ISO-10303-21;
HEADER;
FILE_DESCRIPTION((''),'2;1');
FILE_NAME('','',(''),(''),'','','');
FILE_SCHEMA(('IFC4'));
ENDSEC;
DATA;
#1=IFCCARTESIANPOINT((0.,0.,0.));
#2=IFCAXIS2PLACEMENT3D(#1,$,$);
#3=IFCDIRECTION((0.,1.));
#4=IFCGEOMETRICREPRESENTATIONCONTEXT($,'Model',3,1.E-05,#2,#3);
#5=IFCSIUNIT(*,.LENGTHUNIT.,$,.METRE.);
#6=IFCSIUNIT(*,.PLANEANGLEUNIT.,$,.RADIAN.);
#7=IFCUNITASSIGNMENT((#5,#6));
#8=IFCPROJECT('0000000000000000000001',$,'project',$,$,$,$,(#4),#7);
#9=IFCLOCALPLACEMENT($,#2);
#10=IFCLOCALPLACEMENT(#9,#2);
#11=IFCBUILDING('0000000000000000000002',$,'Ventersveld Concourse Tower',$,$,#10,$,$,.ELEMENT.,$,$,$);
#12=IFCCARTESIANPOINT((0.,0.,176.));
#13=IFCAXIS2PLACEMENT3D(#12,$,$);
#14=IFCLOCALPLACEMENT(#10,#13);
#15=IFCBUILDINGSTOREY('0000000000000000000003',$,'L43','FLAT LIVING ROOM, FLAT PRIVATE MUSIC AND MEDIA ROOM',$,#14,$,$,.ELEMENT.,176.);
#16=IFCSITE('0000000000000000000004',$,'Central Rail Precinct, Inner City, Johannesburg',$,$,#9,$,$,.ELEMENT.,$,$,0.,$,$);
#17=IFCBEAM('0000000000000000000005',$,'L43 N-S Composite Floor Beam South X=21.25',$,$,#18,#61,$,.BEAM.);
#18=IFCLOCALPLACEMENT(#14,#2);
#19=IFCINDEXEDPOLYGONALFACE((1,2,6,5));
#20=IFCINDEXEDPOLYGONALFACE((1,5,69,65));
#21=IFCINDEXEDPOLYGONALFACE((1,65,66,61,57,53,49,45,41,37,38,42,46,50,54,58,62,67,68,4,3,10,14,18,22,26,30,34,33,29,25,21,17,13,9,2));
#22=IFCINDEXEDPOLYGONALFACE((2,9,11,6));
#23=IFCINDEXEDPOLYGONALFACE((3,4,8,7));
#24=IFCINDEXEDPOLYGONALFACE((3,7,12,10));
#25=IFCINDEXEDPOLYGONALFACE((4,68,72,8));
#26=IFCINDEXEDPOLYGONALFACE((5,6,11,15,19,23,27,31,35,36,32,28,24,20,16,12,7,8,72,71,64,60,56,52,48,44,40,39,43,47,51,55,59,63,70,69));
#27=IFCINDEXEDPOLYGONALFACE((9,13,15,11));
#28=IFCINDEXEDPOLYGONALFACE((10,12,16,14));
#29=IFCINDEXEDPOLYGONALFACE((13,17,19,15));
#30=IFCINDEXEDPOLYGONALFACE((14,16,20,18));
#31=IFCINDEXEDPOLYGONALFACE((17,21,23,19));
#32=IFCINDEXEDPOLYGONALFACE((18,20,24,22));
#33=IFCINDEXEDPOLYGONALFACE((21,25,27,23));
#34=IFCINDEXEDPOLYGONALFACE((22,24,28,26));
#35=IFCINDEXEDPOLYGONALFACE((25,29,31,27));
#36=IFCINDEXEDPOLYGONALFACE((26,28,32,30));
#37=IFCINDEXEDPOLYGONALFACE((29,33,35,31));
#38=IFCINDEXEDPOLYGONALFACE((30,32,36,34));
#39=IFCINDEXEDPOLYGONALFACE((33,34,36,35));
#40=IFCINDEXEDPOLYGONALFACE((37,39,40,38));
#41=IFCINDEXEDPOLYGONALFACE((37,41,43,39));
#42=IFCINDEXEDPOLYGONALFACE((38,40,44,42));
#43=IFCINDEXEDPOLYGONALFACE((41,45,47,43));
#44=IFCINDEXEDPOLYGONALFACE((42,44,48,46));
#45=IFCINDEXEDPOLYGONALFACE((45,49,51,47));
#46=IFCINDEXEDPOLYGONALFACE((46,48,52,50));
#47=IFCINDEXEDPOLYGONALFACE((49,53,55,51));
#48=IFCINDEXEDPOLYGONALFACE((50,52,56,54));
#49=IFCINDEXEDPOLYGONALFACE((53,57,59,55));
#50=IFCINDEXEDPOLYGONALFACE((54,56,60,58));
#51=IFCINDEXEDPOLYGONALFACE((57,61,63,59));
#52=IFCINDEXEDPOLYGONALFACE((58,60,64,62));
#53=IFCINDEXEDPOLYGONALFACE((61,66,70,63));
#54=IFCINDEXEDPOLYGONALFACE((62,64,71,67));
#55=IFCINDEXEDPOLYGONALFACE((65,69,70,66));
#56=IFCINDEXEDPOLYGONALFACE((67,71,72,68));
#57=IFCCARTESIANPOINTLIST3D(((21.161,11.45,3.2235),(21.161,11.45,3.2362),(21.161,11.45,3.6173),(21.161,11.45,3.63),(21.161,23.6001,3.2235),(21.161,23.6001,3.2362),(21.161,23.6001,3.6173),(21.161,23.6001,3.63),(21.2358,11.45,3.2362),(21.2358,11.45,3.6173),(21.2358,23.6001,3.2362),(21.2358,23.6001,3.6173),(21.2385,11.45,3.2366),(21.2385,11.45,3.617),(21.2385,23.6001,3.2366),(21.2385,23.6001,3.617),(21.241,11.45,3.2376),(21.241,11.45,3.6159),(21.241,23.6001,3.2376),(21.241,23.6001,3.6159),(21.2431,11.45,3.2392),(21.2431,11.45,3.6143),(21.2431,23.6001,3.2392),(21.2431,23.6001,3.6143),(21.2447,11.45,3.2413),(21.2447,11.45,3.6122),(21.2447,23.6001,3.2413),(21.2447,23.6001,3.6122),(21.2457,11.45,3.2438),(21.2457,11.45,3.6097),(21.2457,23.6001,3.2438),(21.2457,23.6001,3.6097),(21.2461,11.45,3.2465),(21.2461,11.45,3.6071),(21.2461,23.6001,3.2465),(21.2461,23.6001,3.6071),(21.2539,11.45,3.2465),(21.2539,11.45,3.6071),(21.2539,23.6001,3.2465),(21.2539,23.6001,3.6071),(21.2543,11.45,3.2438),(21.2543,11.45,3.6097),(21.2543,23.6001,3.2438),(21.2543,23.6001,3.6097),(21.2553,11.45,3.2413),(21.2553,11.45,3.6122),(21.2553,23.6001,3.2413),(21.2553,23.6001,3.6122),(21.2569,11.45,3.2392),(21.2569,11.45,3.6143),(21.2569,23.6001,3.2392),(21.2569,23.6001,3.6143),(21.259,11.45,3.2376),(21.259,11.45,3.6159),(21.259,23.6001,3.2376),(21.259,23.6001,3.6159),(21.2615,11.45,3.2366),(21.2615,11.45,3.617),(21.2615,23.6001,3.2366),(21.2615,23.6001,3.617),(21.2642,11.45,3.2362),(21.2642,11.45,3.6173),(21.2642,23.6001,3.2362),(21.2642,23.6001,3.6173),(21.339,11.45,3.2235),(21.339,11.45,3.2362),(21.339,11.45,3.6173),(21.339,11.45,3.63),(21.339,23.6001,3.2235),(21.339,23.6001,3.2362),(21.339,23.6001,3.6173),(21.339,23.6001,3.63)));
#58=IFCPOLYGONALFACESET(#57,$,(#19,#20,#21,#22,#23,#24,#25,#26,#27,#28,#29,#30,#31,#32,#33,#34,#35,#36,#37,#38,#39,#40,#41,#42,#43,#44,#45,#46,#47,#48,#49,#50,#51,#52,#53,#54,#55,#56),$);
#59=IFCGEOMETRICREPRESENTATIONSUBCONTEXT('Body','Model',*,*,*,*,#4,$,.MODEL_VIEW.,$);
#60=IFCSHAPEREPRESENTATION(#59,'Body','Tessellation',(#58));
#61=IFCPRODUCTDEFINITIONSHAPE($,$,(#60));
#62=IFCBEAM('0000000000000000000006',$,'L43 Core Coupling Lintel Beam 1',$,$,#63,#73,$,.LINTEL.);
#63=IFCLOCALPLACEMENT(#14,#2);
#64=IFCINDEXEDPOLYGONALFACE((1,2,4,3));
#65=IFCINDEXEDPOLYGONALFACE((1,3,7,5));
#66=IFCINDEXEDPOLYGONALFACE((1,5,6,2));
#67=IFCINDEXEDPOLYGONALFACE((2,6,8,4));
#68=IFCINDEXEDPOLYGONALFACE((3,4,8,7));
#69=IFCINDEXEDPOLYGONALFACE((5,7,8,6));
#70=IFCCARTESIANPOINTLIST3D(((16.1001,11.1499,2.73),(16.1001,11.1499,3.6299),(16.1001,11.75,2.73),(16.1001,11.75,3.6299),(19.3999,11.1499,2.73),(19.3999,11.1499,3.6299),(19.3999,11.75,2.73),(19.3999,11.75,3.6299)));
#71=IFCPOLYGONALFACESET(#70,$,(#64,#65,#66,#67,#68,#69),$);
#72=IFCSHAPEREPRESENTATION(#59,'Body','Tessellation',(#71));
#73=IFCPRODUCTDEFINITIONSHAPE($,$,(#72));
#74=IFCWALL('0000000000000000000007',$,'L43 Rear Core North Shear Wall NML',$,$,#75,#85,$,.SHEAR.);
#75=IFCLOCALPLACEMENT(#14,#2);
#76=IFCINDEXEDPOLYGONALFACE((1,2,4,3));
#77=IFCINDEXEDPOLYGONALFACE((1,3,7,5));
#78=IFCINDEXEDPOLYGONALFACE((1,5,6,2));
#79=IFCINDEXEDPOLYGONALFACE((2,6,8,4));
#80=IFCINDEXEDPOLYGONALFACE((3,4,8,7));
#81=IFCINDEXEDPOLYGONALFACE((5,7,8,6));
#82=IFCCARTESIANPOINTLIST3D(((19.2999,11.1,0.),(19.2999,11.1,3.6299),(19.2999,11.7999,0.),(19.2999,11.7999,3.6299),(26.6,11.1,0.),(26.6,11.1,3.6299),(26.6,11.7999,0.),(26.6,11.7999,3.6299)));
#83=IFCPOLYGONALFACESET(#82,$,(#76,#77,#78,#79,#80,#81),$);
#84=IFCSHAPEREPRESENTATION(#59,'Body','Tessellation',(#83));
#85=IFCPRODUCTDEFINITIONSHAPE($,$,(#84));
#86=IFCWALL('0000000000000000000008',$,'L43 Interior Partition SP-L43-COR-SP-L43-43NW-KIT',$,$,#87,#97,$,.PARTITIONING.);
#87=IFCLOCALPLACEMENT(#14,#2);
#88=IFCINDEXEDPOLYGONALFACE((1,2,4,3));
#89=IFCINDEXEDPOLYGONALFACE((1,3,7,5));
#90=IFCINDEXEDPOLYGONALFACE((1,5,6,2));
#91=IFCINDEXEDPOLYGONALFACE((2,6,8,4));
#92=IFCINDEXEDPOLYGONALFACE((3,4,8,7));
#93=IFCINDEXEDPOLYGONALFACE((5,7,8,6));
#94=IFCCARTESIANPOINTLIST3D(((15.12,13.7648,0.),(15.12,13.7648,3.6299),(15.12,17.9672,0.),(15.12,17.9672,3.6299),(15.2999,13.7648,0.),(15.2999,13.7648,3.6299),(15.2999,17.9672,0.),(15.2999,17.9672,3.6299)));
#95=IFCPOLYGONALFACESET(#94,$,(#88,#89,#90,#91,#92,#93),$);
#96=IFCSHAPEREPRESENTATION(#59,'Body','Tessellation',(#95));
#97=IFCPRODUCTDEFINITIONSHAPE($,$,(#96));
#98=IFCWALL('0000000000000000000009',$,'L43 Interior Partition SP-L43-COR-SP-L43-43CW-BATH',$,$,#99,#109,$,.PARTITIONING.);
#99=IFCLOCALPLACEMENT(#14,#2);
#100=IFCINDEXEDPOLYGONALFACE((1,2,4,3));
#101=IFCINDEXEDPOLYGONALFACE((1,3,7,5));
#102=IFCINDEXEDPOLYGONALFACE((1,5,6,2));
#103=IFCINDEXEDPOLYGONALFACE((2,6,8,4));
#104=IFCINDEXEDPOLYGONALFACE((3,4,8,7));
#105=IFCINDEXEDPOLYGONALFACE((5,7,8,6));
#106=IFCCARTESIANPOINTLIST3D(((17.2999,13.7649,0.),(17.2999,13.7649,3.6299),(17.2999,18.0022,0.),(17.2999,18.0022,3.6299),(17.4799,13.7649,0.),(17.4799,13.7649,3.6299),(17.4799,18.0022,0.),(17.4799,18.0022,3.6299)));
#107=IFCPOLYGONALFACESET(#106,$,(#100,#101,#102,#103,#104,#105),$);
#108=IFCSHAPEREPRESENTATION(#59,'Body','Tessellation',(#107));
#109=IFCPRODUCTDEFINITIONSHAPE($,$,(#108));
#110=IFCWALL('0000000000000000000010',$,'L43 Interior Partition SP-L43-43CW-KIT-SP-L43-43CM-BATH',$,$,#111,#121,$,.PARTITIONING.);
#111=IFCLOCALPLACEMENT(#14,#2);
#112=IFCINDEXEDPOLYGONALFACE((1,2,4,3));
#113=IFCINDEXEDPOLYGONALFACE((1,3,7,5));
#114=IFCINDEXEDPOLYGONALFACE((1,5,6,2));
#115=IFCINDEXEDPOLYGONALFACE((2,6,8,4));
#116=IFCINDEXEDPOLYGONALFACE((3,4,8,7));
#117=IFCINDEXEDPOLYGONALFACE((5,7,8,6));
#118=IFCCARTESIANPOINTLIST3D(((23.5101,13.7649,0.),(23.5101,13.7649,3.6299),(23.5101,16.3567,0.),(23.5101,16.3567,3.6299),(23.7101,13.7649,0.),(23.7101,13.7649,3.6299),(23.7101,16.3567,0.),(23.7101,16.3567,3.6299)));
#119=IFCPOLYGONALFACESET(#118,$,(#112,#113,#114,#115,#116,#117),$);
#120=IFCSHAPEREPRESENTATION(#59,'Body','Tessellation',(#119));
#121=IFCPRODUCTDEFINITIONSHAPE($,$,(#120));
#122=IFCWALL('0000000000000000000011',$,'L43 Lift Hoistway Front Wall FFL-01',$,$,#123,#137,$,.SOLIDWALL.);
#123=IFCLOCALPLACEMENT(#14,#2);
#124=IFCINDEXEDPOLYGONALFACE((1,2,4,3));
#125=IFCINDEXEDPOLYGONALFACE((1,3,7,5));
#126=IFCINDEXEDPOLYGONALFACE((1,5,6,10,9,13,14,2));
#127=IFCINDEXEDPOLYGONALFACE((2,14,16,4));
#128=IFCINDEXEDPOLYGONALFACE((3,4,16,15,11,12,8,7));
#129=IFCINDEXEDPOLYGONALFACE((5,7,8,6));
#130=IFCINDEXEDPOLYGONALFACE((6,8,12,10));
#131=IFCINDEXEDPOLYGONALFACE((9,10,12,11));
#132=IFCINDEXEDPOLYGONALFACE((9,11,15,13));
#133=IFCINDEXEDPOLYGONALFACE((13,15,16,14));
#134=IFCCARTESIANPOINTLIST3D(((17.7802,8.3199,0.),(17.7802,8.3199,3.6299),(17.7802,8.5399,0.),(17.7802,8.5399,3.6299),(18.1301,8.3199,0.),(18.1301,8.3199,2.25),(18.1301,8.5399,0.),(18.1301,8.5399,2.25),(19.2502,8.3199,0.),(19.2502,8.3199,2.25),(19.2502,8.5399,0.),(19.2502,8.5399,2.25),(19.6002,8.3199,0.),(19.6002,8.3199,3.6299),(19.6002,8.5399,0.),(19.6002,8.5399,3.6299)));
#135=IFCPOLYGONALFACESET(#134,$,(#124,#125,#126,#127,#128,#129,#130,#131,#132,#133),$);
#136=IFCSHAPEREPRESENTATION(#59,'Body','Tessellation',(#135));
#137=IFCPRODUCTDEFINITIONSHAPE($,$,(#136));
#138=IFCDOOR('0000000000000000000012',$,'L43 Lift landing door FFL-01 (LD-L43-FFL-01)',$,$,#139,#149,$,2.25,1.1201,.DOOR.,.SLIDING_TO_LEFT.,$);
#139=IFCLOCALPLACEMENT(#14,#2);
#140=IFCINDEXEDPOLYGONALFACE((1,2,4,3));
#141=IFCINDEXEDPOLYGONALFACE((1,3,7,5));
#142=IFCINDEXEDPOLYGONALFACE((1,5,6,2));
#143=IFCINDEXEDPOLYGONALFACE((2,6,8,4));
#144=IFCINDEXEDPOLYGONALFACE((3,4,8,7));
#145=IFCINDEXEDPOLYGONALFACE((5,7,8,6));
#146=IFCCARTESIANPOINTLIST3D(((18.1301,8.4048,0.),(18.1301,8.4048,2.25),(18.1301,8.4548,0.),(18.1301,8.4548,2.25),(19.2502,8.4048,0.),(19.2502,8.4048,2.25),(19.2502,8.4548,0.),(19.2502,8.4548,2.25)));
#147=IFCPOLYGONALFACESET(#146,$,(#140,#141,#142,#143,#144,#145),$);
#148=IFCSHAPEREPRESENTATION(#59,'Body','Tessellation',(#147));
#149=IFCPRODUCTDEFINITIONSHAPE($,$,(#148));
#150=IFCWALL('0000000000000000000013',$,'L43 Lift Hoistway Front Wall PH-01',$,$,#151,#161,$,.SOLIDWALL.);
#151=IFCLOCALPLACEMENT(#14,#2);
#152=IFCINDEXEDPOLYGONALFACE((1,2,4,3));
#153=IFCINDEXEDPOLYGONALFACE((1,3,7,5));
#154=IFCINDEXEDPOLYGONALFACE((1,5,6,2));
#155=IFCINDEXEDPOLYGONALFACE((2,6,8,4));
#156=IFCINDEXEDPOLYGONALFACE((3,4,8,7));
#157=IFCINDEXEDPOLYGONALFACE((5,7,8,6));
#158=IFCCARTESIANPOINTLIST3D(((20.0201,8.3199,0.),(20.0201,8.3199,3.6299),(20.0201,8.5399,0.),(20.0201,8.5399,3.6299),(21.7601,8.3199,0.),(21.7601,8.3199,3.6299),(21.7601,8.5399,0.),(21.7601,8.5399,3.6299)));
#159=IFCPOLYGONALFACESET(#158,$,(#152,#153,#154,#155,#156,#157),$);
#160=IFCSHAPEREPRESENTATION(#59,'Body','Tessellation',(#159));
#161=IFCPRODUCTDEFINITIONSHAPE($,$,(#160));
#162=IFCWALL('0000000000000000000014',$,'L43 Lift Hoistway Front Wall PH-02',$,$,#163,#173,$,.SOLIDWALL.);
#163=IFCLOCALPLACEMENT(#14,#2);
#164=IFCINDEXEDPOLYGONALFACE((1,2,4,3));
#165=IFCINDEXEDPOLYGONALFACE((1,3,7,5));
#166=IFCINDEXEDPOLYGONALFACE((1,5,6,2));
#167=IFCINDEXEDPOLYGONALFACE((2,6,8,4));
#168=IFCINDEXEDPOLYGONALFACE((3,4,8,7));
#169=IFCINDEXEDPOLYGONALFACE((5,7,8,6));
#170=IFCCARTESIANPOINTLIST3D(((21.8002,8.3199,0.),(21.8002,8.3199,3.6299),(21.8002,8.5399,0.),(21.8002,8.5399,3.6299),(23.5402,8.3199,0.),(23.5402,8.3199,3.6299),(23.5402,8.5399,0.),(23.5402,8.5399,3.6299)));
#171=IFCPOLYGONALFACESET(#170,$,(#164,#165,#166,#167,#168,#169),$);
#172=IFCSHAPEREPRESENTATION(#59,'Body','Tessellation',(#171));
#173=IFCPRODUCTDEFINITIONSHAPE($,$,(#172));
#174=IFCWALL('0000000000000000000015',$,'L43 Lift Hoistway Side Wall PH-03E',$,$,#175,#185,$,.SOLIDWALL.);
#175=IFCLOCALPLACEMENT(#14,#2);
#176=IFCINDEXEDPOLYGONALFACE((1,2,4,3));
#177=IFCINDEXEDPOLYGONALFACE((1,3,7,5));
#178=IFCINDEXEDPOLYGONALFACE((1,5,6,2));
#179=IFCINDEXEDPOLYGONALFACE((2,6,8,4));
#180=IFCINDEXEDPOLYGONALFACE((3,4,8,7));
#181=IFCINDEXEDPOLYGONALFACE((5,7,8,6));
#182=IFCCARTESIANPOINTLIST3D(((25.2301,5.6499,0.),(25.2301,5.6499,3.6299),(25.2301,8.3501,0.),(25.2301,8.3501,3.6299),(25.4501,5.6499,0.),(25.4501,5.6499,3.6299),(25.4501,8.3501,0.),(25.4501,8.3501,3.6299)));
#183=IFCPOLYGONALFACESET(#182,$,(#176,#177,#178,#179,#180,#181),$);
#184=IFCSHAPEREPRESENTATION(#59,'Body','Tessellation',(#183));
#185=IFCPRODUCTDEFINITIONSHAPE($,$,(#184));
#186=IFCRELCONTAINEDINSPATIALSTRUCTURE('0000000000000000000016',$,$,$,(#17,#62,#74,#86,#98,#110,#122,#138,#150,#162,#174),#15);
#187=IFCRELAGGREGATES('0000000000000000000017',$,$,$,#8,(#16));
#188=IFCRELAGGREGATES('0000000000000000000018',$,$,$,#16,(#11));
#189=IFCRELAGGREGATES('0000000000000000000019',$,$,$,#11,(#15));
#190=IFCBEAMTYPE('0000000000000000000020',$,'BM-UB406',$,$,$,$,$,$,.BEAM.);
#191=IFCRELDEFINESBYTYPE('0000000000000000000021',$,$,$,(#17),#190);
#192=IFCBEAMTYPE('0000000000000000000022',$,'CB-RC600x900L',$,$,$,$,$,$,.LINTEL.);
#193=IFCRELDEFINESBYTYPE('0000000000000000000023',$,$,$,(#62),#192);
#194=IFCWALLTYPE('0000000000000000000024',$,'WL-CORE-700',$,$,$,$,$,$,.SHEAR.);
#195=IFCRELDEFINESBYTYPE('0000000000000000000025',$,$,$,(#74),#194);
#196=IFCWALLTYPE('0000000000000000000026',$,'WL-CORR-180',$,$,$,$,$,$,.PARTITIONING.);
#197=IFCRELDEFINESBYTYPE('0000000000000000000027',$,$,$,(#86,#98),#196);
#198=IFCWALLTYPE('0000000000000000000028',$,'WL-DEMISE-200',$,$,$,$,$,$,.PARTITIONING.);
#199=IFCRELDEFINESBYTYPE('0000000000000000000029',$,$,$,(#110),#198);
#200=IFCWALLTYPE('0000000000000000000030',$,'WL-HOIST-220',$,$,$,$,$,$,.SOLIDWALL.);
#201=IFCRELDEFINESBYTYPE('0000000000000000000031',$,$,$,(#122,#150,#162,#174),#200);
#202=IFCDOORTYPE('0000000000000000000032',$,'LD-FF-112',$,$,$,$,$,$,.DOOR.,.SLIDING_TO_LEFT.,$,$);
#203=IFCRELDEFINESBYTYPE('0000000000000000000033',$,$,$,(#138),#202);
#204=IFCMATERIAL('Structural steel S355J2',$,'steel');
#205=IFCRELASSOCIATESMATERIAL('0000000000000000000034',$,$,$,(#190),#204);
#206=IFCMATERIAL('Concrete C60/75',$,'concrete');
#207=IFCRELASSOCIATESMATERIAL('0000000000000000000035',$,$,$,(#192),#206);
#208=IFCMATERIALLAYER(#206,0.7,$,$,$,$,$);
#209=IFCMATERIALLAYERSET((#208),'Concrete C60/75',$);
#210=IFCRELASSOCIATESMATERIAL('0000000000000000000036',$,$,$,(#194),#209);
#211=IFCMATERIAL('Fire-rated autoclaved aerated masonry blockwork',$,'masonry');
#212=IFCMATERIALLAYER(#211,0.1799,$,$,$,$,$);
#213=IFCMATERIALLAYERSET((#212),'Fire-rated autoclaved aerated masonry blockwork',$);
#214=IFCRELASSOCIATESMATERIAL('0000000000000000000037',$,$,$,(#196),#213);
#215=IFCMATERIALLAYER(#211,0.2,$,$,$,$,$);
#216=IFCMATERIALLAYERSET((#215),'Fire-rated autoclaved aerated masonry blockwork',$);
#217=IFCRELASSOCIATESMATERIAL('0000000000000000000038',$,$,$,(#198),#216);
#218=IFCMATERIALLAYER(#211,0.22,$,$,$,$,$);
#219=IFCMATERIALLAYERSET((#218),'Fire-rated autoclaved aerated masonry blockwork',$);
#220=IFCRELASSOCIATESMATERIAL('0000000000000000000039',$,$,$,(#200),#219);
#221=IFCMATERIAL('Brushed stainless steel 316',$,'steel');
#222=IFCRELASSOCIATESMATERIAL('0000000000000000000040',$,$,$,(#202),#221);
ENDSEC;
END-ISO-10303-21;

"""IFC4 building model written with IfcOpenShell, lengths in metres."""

from ifc_helpers import new_model, si_unit, direction, frame, frame_2d, origin, origin_2d, place, context, subcontext, project, spatial, rectangle, i_section, extrude, material, layer, layer_set, material_profile, profile_set, type_object, element, fill, save


model = new_model("IFC4")

# Units and contexts
model_context = context("Model", 3, precision=1e-05, world=origin(), true_north=direction((0.0, 1.0)))
body_context = subcontext(model_context, "Body", "Model", "MODEL_VIEW")
ifc_project = project(units=[si_unit("LENGTHUNIT", "METRE"), si_unit("PLANEANGLEUNIT", "RADIAN")], contexts=[model_context])

# Site, building, storey
site_placement = place(None, origin())
site = spatial("IfcSite", under=ifc_project, at=site_placement, Name="Central Rail Precinct, Inner City, Johannesburg", CompositionType="ELEMENT", RefElevation=0.0)
building_placement = place(site_placement, origin())
building = spatial("IfcBuilding", under=site, at=building_placement, Name="Ventersveld Concourse Tower", CompositionType="ELEMENT")
storey_placement = place(building_placement, frame((0.0, 0.0, 176.0)))
storey = spatial("IfcBuildingStorey", under=building, at=storey_placement, Name="L43", Description="FLAT LIVING ROOM, FLAT PRIVATE MUSIC AND MEDIA ROOM", CompositionType="ELEMENT", Elevation=176.0)

# Beams
ifc_material_1 = material(Name="Structural steel S355J2", Category="steel")
ifc_material_profile_1 = material_profile(ifc_material_1, i_section(OverallWidth=0.178, OverallDepth=0.4065, WebThickness=0.0078, FlangeThickness=0.0127, FilletRadius=0.0103, at=origin_2d()), Name="UB 406x178x60")
ifc_profile_set_1 = profile_set([ifc_material_profile_1], Name="Structural steel S355J2")
beam_type_1 = type_object("IfcBeamType", Name="BM-UB406", PredefinedType="BEAM", material=ifc_profile_set_1)
beam_1_placement = place(storey_placement, frame((21.25, 11.45, 3.4268), z_axis=(0.0, 1.0, 0.0), x_axis=(-1.0, 0.0, 0.0)))
element("IfcBeam", 1, at=beam_1_placement, inside=storey, type_object=beam_type_1, Name="L43 N-S Composite Floor Beam South X=21.25", PredefinedType="BEAM", context=body_context, shape_type="SweptSolid", body=[
    extrude(i_section(OverallWidth=0.178, OverallDepth=0.4065, WebThickness=0.0078, FlangeThickness=0.0127, FilletRadius=0.0103, at=origin_2d()), origin(), (0.0, 0.0, 1.0), 12.1501),
])
ifc_material_2 = material(Name="Concrete C60/75", Category="concrete")
ifc_material_profile_2 = material_profile(ifc_material_2, rectangle(XDim=0.6001, YDim=0.8999, at=origin_2d()), Name="RC 600x900")
ifc_profile_set_2 = profile_set([ifc_material_profile_2], Name="Concrete C60/75")
beam_type_2 = type_object("IfcBeamType", Name="CB-RC600x900L", PredefinedType="LINTEL", material=ifc_profile_set_2)
beam_2_placement = place(storey_placement, frame((16.1001, 11.45, 3.1799), z_axis=(1.0, 0.0, 0.0), x_axis=(0.0, 1.0, 0.0)))
element("IfcBeam", 2, at=beam_2_placement, inside=storey, type_object=beam_type_2, Name="L43 Core Coupling Lintel Beam 1", PredefinedType="LINTEL", context=body_context, shape_type="SweptSolid", body=[
    extrude(rectangle(XDim=0.6001, YDim=0.8999, at=origin_2d()), origin(), (0.0, 0.0, 1.0), 3.2998),
])

# Walls
ifc_layer_1 = layer(ifc_material_2, 0.7)
ifc_layer_set_1 = layer_set([ifc_layer_1], Name="Concrete C60/75")
wall_type_1 = type_object("IfcWallType", Name="WL-CORE-700", PredefinedType="SHEAR", material=ifc_layer_set_1)
wall_1_placement = place(storey_placement, frame((19.3, 11.45, 0.0), z_axis=(0.0, 0.0, 1.0), x_axis=(1.0, 0.0, 0.0)))
element("IfcWall", 3, at=wall_1_placement, inside=storey, type_object=wall_type_1, Name="L43 Rear Core North Shear Wall NML", PredefinedType="SHEAR", context=body_context, shape_type="SweptSolid", body=[
    extrude(rectangle(XDim=7.3, YDim=0.7, at=frame_2d((3.6499, 0.0))), origin(), (0.0, 0.0, 1.0), 3.6299),
])
ifc_material_3 = material(Name="Fire-rated autoclaved aerated masonry blockwork", Category="masonry")
ifc_layer_2 = layer(ifc_material_3, 0.1799)
ifc_layer_set_2 = layer_set([ifc_layer_2], Name="Fire-rated autoclaved aerated masonry blockwork")
wall_type_2 = type_object("IfcWallType", Name="WL-CORR-180", PredefinedType="PARTITIONING", material=ifc_layer_set_2)
wall_2_placement = place(storey_placement, frame((15.21, 13.7649, 0.0), z_axis=(0.0, 0.0, 1.0), x_axis=(0.0, 1.0, 0.0)))
element("IfcWall", 4, at=wall_2_placement, inside=storey, type_object=wall_type_2, Name="L43 Interior Partition SP-L43-COR-SP-L43-43NW-KIT", PredefinedType="PARTITIONING", context=body_context, shape_type="SweptSolid", body=[
    extrude(rectangle(XDim=4.2024, YDim=0.1799, at=frame_2d((2.1011, 0.0))), origin(), (0.0, 0.0, 1.0), 3.6299),
])
wall_3_placement = place(storey_placement, frame((17.3899, 13.7649, 0.0), z_axis=(0.0, 0.0, 1.0), x_axis=(0.0, 1.0, 0.0)))
element("IfcWall", 5, at=wall_3_placement, inside=storey, type_object=wall_type_2, Name="L43 Interior Partition SP-L43-COR-SP-L43-43CW-BATH", PredefinedType="PARTITIONING", context=body_context, shape_type="SweptSolid", body=[
    extrude(rectangle(XDim=4.2373, YDim=0.1799, at=frame_2d((2.1187, 0.0))), origin(), (0.0, 0.0, 1.0), 3.6299),
])
ifc_layer_3 = layer(ifc_material_3, 0.2)
ifc_layer_set_3 = layer_set([ifc_layer_3], Name="Fire-rated autoclaved aerated masonry blockwork")
wall_type_3 = type_object("IfcWallType", Name="WL-DEMISE-200", PredefinedType="PARTITIONING", material=ifc_layer_set_3)
wall_4_placement = place(storey_placement, frame((23.6101, 13.7649, 0.0), z_axis=(0.0, 0.0, 1.0), x_axis=(0.0, 1.0, 0.0)))
element("IfcWall", 6, at=wall_4_placement, inside=storey, type_object=wall_type_3, Name="L43 Interior Partition SP-L43-43CW-KIT-SP-L43-43CM-BATH", PredefinedType="PARTITIONING", context=body_context, shape_type="SweptSolid", body=[
    extrude(rectangle(XDim=2.5918, YDim=0.2, at=frame_2d((1.2959, 0.0))), origin(), (0.0, 0.0, 1.0), 3.6299),
])

# Wall, opening, door
ifc_layer_4 = layer(ifc_material_3, 0.22)
ifc_layer_set_4 = layer_set([ifc_layer_4], Name="Fire-rated autoclaved aerated masonry blockwork")
wall_type_4 = type_object("IfcWallType", Name="WL-HOIST-220", PredefinedType="SOLIDWALL", material=ifc_layer_set_4)
wall_5_placement = place(storey_placement, frame((17.78, 8.4299, 0.0), z_axis=(0.0, 0.0, 1.0), x_axis=(1.0, 0.0, 0.0)))
wall_5 = element("IfcWall", 7, at=wall_5_placement, inside=storey, type_object=wall_type_4, Name="L43 Lift Hoistway Front Wall FFL-01", PredefinedType="SOLIDWALL", context=body_context, shape_type="SweptSolid", body=[
    extrude(rectangle(XDim=1.8201, YDim=0.22, at=frame_2d((0.9102, 0.0))), origin(), (0.0, 0.0, 1.0), 3.6299),
])
opening_1_placement = place(wall_5_placement, frame((0.3501, 0.0, 0.0)))
opening_1 = element("IfcOpeningElement", 8, at=opening_1_placement, cuts=wall_5, PredefinedType="OPENING", context=body_context, shape_type="SweptSolid", body=[
    extrude(rectangle(XDim=1.1201, YDim=2.25, at=frame_2d((0.5601, 1.125))), frame((0.0, 0.1201, 0.0), z_axis=(0.0, -1.0, 0.0), x_axis=(1.0, 0.0, 0.0)), (0.0, 0.0, 1.0), 0.24),
])
ifc_material_4 = material(Name="Brushed stainless steel 316", Category="steel")
door_type_1 = type_object("IfcDoorType", Name="LD-FF-112", OperationType="SLIDING_TO_LEFT", PredefinedType="DOOR", material=ifc_material_4)
door_1_placement = place(opening_1_placement, origin())
door_1 = element("IfcDoor", 9, at=door_1_placement, inside=storey, type_object=door_type_1, Name="L43 Lift landing door FFL-01 (LD-L43-FFL-01)", OperationType="SLIDING_TO_LEFT", OverallHeight=2.25, OverallWidth=1.1201, PredefinedType="DOOR", context=body_context, shape_type="SweptSolid", body=[
    extrude(rectangle(XDim=1.1201, YDim=2.25, at=frame_2d((0.5601, 1.125))), frame((0.0, 0.0249, 0.0), z_axis=(0.0, -1.0, 0.0), x_axis=(1.0, 0.0, 0.0)), (0.0, 0.0, 1.0), 0.05),
])
fill(opening_1, door_1)

# Walls
for number, where, z_axis, x_axis, name in (
    (10, (20.02, 8.4299, 0.0), (0.0, 0.0, 1.0), (1.0, 0.0, 0.0), "L43 Lift Hoistway Front Wall PH-01"),
    (11, (21.8, 8.4299, 0.0), (0.0, 0.0, 1.0), (1.0, 0.0, 0.0), "L43 Lift Hoistway Front Wall PH-02"),
):
    element("IfcWall", number, at=place(storey_placement, frame(where, z_axis=z_axis, x_axis=x_axis)), inside=storey, type_object=wall_type_4, Name=name, PredefinedType="SOLIDWALL", context=body_context, shape_type="SweptSolid", body=[
        extrude(rectangle(XDim=1.74, YDim=0.22, at=frame_2d((0.8701, 0.0))), origin(), (0.0, 0.0, 1.0), 3.6299),
    ])
wall_6_placement = place(storey_placement, frame((25.3401, 5.6499, 0.0), z_axis=(0.0, 0.0, 1.0), x_axis=(0.0, 1.0, 0.0)))
element("IfcWall", 12, at=wall_6_placement, inside=storey, type_object=wall_type_4, Name="L43 Lift Hoistway Side Wall PH-03E", PredefinedType="SOLIDWALL", context=body_context, shape_type="SweptSolid", body=[
    extrude(rectangle(XDim=2.7002, YDim=0.22, at=frame_2d((1.3501, 0.0))), origin(), (0.0, 0.0, 1.0), 3.6299),
])

save(model, "model.ifc")
